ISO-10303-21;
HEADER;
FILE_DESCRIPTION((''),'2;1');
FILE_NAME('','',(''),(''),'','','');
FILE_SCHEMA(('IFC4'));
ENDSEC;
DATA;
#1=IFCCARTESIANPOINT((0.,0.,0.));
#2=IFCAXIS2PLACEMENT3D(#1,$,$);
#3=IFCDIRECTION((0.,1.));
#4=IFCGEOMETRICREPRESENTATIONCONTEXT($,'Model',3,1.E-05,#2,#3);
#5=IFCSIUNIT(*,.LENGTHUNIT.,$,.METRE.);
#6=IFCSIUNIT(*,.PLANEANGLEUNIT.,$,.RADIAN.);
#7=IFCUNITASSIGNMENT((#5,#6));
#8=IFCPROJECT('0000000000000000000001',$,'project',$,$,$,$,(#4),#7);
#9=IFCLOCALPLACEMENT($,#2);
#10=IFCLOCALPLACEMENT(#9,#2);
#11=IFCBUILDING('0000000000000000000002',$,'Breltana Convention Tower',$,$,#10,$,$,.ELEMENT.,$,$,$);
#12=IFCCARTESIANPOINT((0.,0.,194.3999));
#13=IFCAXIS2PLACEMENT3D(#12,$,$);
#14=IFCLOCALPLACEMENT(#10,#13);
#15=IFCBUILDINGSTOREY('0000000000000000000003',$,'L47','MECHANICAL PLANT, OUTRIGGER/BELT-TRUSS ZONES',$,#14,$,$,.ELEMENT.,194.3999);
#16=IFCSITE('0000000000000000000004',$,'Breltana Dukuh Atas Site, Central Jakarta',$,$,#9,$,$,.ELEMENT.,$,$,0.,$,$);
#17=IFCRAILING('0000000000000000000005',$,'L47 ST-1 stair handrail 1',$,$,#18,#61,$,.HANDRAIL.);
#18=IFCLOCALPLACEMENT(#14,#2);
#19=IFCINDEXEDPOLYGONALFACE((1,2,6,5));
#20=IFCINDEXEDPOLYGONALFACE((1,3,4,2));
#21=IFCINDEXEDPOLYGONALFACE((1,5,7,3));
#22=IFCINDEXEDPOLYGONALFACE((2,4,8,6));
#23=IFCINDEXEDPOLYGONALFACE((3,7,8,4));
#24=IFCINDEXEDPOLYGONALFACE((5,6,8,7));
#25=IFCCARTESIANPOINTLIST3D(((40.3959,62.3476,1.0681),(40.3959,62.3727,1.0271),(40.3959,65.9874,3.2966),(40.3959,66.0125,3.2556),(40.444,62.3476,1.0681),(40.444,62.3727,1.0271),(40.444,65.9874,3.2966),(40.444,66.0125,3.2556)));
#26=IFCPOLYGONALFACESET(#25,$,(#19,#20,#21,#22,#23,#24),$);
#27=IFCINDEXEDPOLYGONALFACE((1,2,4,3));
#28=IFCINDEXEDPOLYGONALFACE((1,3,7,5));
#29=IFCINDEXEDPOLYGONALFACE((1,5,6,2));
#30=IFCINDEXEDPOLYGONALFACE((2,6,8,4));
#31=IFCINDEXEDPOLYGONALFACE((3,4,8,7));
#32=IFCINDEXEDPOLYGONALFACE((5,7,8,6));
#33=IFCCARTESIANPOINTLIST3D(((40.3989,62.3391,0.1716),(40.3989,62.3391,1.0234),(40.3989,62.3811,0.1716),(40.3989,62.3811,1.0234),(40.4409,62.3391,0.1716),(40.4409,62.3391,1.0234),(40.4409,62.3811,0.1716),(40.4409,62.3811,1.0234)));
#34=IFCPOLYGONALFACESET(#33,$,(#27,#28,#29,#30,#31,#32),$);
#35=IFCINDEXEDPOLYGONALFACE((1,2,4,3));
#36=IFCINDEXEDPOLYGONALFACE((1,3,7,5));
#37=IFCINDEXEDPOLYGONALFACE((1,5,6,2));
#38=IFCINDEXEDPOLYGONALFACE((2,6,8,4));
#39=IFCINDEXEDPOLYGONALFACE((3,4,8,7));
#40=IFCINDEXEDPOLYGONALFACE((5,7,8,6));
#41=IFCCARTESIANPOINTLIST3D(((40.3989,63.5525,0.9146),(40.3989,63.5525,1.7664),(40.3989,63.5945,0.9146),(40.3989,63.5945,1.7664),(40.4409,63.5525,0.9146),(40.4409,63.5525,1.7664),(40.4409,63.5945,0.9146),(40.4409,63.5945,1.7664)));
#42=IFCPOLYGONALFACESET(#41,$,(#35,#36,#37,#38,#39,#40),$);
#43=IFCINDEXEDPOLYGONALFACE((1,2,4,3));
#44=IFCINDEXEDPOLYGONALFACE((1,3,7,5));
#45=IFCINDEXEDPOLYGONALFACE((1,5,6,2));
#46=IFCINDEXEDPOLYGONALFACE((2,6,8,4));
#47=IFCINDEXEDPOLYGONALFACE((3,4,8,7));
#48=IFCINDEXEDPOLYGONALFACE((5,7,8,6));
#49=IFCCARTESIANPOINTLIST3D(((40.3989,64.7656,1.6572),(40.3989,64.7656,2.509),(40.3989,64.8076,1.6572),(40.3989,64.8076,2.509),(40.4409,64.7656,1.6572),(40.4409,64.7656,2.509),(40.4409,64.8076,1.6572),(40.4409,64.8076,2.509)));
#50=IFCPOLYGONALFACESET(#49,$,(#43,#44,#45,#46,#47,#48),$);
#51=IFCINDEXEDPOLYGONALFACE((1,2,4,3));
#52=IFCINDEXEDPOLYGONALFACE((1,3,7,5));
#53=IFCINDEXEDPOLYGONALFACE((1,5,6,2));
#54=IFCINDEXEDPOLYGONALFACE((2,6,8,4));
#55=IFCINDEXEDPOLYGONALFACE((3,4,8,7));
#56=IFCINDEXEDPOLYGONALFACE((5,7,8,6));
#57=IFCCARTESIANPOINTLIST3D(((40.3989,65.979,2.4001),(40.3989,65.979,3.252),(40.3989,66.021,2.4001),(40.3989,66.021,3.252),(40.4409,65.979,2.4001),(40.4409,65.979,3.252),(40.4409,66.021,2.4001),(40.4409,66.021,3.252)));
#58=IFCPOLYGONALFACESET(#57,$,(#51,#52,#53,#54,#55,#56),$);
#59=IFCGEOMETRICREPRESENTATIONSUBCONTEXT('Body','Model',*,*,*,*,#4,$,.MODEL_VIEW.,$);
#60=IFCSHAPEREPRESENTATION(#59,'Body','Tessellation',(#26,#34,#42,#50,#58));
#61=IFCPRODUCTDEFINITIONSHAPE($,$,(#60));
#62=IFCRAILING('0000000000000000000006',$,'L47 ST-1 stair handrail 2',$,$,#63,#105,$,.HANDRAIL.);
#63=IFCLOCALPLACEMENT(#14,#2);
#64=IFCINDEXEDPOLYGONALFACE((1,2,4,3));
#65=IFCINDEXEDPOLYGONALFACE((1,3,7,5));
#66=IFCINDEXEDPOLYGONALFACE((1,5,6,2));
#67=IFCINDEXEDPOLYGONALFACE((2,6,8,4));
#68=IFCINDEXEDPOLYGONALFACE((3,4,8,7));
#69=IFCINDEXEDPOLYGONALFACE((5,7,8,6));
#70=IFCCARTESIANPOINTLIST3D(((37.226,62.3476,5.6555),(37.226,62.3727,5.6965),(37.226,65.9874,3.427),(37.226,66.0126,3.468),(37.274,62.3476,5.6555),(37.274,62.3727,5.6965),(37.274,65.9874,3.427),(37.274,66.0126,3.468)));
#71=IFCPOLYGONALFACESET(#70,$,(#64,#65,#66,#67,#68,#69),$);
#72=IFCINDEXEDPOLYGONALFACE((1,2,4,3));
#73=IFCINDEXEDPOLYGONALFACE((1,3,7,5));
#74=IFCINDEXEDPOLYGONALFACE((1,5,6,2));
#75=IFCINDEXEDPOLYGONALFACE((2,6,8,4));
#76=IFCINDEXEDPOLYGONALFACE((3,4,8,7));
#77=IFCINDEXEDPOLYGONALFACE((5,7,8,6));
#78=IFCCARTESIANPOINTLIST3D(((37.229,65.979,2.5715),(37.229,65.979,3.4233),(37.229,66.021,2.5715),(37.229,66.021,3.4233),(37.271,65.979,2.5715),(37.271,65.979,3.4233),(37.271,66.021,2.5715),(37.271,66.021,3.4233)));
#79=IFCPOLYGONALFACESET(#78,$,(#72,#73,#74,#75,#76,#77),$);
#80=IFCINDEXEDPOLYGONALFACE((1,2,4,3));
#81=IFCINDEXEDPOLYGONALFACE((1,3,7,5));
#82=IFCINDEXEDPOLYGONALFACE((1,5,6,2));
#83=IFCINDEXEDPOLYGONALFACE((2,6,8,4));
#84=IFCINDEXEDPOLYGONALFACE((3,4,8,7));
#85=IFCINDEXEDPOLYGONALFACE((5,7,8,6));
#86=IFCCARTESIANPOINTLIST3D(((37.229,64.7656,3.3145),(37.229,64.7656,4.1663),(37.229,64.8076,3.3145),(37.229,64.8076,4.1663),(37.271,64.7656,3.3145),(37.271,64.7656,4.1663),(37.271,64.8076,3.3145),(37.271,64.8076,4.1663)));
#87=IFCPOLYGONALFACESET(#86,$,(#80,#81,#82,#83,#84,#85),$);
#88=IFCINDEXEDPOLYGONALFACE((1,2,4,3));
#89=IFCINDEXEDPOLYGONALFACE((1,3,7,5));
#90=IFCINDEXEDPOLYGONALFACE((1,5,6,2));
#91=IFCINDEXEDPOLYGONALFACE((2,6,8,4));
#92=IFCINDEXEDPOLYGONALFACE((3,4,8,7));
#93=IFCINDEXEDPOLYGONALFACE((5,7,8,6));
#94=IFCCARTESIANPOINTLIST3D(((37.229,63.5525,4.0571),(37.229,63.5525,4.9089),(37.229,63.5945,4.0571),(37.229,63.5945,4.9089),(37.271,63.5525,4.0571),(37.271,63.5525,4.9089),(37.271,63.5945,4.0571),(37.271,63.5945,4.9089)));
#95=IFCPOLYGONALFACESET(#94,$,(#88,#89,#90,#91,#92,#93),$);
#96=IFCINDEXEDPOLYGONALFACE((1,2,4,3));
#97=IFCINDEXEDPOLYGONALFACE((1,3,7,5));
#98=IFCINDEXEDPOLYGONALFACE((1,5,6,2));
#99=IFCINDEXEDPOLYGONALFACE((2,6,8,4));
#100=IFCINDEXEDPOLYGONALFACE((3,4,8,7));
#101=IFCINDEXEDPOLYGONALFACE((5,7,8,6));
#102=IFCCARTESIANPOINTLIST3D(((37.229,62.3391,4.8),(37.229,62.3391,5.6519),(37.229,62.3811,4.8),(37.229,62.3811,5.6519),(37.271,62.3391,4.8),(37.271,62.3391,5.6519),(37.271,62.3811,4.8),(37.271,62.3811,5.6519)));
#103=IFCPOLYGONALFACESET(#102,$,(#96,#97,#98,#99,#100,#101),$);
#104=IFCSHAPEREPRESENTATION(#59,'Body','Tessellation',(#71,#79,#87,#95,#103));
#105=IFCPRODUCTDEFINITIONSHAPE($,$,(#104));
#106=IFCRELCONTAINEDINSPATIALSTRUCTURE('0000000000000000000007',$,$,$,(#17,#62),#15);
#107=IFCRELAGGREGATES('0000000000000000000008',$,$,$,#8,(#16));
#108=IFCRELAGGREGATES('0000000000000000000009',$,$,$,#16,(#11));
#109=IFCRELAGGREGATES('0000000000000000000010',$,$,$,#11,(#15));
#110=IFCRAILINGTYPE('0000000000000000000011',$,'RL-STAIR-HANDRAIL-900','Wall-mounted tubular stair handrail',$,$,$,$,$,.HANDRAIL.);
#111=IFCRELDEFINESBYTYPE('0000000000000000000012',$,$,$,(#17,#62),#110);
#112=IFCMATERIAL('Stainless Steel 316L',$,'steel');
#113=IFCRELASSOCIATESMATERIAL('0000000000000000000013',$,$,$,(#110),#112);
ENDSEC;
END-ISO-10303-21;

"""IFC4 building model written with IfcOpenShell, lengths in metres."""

from ifc_helpers import new_model, si_unit, direction, frame, origin, origin_2d, place, context, subcontext, project, spatial, rectangle, extrude, material, type_object, element, save


model = new_model("IFC4")

# Units and contexts
model_context = context("Model", 3, precision=1e-05, world=origin(), true_north=direction((0.0, 1.0)))
body_context = subcontext(model_context, "Body", "Model", "MODEL_VIEW")
ifc_project = project(units=[si_unit("LENGTHUNIT", "METRE"), si_unit("PLANEANGLEUNIT", "RADIAN")], contexts=[model_context])

# Site, building, storey
site_placement = place(None, origin())
site = spatial("IfcSite", under=ifc_project, at=site_placement, Name="Breltana Dukuh Atas Site, Central Jakarta", CompositionType="ELEMENT", RefElevation=0.0)
building_placement = place(site_placement, origin())
building = spatial("IfcBuilding", under=site, at=building_placement, Name="Breltana Convention Tower", CompositionType="ELEMENT")
storey_placement = place(building_placement, frame((0.0, 0.0, 194.3999)))
storey = spatial("IfcBuildingStorey", under=building, at=storey_placement, Name="L47", Description="MECHANICAL PLANT, OUTRIGGER/BELT-TRUSS ZONES", CompositionType="ELEMENT", Elevation=194.3999)

# Railings
ifc_material_1 = material(Name="Stainless Steel 316L", Category="steel")
railing_type_1 = type_object("IfcRailingType", Name="RL-STAIR-HANDRAIL-900", Description="Wall-mounted tubular stair handrail", PredefinedType="HANDRAIL", material=ifc_material_1)
railing_1_placement = place(storey_placement, frame((40.4199, 62.3601, 0.1716)))
element("IfcRailing", 1, at=railing_1_placement, inside=storey, type_object=railing_type_1, Name="L47 ST-1 stair handrail 1", PredefinedType="HANDRAIL", context=body_context, shape_type="SweptSolid", body=[
    extrude(rectangle(XDim=0.0481, YDim=0.0481, at=origin_2d()), frame((0.0, 0.0, 0.876), z_axis=(0.0, 0.85285, 0.522156), x_axis=(-1.0, 0.0, 0.0)), (0.0, 0.0, 1.0), 4.2678),
    extrude(rectangle(XDim=0.042, YDim=0.042, at=origin_2d()), origin(), (0.0, 0.0, 1.0), 0.8518),
    extrude(rectangle(XDim=0.042, YDim=0.042, at=origin_2d()), frame((0.0, 1.2134, 0.7429)), (0.0, 0.0, 1.0), 0.8518),
    extrude(rectangle(XDim=0.042, YDim=0.042, at=origin_2d()), frame((0.0, 2.4265, 1.4856)), (0.0, 0.0, 1.0), 0.8518),
    extrude(rectangle(XDim=0.042, YDim=0.042, at=origin_2d()), frame((0.0, 3.6399, 2.2285)), (0.0, 0.0, 1.0), 0.8518),
])
railing_2_placement = place(storey_placement, frame((37.25, 66.0, 2.5715)))
element("IfcRailing", 2, at=railing_2_placement, inside=storey, type_object=railing_type_1, Name="L47 ST-1 stair handrail 2", PredefinedType="HANDRAIL", context=body_context, shape_type="SweptSolid", body=[
    extrude(rectangle(XDim=0.0481, YDim=0.0481, at=origin_2d()), frame((0.0, 0.0, 0.876), z_axis=(0.0, -0.85285, 0.522156), x_axis=(1.0, 0.0, 0.0)), (0.0, 0.0, 1.0), 4.2678),
    extrude(rectangle(XDim=0.042, YDim=0.042, at=origin_2d()), origin(), (0.0, 0.0, 1.0), 0.8518),
    extrude(rectangle(XDim=0.042, YDim=0.042, at=origin_2d()), frame((0.0, -1.2134, 0.7429)), (0.0, 0.0, 1.0), 0.8518),
    extrude(rectangle(XDim=0.042, YDim=0.042, at=origin_2d()), frame((0.0, -2.4265, 1.4856)), (0.0, 0.0, 1.0), 0.8518),
    extrude(rectangle(XDim=0.042, YDim=0.042, at=origin_2d()), frame((0.0, -3.6399, 2.2285)), (0.0, 0.0, 1.0), 0.8518),
])

save(model, "model.ifc")
